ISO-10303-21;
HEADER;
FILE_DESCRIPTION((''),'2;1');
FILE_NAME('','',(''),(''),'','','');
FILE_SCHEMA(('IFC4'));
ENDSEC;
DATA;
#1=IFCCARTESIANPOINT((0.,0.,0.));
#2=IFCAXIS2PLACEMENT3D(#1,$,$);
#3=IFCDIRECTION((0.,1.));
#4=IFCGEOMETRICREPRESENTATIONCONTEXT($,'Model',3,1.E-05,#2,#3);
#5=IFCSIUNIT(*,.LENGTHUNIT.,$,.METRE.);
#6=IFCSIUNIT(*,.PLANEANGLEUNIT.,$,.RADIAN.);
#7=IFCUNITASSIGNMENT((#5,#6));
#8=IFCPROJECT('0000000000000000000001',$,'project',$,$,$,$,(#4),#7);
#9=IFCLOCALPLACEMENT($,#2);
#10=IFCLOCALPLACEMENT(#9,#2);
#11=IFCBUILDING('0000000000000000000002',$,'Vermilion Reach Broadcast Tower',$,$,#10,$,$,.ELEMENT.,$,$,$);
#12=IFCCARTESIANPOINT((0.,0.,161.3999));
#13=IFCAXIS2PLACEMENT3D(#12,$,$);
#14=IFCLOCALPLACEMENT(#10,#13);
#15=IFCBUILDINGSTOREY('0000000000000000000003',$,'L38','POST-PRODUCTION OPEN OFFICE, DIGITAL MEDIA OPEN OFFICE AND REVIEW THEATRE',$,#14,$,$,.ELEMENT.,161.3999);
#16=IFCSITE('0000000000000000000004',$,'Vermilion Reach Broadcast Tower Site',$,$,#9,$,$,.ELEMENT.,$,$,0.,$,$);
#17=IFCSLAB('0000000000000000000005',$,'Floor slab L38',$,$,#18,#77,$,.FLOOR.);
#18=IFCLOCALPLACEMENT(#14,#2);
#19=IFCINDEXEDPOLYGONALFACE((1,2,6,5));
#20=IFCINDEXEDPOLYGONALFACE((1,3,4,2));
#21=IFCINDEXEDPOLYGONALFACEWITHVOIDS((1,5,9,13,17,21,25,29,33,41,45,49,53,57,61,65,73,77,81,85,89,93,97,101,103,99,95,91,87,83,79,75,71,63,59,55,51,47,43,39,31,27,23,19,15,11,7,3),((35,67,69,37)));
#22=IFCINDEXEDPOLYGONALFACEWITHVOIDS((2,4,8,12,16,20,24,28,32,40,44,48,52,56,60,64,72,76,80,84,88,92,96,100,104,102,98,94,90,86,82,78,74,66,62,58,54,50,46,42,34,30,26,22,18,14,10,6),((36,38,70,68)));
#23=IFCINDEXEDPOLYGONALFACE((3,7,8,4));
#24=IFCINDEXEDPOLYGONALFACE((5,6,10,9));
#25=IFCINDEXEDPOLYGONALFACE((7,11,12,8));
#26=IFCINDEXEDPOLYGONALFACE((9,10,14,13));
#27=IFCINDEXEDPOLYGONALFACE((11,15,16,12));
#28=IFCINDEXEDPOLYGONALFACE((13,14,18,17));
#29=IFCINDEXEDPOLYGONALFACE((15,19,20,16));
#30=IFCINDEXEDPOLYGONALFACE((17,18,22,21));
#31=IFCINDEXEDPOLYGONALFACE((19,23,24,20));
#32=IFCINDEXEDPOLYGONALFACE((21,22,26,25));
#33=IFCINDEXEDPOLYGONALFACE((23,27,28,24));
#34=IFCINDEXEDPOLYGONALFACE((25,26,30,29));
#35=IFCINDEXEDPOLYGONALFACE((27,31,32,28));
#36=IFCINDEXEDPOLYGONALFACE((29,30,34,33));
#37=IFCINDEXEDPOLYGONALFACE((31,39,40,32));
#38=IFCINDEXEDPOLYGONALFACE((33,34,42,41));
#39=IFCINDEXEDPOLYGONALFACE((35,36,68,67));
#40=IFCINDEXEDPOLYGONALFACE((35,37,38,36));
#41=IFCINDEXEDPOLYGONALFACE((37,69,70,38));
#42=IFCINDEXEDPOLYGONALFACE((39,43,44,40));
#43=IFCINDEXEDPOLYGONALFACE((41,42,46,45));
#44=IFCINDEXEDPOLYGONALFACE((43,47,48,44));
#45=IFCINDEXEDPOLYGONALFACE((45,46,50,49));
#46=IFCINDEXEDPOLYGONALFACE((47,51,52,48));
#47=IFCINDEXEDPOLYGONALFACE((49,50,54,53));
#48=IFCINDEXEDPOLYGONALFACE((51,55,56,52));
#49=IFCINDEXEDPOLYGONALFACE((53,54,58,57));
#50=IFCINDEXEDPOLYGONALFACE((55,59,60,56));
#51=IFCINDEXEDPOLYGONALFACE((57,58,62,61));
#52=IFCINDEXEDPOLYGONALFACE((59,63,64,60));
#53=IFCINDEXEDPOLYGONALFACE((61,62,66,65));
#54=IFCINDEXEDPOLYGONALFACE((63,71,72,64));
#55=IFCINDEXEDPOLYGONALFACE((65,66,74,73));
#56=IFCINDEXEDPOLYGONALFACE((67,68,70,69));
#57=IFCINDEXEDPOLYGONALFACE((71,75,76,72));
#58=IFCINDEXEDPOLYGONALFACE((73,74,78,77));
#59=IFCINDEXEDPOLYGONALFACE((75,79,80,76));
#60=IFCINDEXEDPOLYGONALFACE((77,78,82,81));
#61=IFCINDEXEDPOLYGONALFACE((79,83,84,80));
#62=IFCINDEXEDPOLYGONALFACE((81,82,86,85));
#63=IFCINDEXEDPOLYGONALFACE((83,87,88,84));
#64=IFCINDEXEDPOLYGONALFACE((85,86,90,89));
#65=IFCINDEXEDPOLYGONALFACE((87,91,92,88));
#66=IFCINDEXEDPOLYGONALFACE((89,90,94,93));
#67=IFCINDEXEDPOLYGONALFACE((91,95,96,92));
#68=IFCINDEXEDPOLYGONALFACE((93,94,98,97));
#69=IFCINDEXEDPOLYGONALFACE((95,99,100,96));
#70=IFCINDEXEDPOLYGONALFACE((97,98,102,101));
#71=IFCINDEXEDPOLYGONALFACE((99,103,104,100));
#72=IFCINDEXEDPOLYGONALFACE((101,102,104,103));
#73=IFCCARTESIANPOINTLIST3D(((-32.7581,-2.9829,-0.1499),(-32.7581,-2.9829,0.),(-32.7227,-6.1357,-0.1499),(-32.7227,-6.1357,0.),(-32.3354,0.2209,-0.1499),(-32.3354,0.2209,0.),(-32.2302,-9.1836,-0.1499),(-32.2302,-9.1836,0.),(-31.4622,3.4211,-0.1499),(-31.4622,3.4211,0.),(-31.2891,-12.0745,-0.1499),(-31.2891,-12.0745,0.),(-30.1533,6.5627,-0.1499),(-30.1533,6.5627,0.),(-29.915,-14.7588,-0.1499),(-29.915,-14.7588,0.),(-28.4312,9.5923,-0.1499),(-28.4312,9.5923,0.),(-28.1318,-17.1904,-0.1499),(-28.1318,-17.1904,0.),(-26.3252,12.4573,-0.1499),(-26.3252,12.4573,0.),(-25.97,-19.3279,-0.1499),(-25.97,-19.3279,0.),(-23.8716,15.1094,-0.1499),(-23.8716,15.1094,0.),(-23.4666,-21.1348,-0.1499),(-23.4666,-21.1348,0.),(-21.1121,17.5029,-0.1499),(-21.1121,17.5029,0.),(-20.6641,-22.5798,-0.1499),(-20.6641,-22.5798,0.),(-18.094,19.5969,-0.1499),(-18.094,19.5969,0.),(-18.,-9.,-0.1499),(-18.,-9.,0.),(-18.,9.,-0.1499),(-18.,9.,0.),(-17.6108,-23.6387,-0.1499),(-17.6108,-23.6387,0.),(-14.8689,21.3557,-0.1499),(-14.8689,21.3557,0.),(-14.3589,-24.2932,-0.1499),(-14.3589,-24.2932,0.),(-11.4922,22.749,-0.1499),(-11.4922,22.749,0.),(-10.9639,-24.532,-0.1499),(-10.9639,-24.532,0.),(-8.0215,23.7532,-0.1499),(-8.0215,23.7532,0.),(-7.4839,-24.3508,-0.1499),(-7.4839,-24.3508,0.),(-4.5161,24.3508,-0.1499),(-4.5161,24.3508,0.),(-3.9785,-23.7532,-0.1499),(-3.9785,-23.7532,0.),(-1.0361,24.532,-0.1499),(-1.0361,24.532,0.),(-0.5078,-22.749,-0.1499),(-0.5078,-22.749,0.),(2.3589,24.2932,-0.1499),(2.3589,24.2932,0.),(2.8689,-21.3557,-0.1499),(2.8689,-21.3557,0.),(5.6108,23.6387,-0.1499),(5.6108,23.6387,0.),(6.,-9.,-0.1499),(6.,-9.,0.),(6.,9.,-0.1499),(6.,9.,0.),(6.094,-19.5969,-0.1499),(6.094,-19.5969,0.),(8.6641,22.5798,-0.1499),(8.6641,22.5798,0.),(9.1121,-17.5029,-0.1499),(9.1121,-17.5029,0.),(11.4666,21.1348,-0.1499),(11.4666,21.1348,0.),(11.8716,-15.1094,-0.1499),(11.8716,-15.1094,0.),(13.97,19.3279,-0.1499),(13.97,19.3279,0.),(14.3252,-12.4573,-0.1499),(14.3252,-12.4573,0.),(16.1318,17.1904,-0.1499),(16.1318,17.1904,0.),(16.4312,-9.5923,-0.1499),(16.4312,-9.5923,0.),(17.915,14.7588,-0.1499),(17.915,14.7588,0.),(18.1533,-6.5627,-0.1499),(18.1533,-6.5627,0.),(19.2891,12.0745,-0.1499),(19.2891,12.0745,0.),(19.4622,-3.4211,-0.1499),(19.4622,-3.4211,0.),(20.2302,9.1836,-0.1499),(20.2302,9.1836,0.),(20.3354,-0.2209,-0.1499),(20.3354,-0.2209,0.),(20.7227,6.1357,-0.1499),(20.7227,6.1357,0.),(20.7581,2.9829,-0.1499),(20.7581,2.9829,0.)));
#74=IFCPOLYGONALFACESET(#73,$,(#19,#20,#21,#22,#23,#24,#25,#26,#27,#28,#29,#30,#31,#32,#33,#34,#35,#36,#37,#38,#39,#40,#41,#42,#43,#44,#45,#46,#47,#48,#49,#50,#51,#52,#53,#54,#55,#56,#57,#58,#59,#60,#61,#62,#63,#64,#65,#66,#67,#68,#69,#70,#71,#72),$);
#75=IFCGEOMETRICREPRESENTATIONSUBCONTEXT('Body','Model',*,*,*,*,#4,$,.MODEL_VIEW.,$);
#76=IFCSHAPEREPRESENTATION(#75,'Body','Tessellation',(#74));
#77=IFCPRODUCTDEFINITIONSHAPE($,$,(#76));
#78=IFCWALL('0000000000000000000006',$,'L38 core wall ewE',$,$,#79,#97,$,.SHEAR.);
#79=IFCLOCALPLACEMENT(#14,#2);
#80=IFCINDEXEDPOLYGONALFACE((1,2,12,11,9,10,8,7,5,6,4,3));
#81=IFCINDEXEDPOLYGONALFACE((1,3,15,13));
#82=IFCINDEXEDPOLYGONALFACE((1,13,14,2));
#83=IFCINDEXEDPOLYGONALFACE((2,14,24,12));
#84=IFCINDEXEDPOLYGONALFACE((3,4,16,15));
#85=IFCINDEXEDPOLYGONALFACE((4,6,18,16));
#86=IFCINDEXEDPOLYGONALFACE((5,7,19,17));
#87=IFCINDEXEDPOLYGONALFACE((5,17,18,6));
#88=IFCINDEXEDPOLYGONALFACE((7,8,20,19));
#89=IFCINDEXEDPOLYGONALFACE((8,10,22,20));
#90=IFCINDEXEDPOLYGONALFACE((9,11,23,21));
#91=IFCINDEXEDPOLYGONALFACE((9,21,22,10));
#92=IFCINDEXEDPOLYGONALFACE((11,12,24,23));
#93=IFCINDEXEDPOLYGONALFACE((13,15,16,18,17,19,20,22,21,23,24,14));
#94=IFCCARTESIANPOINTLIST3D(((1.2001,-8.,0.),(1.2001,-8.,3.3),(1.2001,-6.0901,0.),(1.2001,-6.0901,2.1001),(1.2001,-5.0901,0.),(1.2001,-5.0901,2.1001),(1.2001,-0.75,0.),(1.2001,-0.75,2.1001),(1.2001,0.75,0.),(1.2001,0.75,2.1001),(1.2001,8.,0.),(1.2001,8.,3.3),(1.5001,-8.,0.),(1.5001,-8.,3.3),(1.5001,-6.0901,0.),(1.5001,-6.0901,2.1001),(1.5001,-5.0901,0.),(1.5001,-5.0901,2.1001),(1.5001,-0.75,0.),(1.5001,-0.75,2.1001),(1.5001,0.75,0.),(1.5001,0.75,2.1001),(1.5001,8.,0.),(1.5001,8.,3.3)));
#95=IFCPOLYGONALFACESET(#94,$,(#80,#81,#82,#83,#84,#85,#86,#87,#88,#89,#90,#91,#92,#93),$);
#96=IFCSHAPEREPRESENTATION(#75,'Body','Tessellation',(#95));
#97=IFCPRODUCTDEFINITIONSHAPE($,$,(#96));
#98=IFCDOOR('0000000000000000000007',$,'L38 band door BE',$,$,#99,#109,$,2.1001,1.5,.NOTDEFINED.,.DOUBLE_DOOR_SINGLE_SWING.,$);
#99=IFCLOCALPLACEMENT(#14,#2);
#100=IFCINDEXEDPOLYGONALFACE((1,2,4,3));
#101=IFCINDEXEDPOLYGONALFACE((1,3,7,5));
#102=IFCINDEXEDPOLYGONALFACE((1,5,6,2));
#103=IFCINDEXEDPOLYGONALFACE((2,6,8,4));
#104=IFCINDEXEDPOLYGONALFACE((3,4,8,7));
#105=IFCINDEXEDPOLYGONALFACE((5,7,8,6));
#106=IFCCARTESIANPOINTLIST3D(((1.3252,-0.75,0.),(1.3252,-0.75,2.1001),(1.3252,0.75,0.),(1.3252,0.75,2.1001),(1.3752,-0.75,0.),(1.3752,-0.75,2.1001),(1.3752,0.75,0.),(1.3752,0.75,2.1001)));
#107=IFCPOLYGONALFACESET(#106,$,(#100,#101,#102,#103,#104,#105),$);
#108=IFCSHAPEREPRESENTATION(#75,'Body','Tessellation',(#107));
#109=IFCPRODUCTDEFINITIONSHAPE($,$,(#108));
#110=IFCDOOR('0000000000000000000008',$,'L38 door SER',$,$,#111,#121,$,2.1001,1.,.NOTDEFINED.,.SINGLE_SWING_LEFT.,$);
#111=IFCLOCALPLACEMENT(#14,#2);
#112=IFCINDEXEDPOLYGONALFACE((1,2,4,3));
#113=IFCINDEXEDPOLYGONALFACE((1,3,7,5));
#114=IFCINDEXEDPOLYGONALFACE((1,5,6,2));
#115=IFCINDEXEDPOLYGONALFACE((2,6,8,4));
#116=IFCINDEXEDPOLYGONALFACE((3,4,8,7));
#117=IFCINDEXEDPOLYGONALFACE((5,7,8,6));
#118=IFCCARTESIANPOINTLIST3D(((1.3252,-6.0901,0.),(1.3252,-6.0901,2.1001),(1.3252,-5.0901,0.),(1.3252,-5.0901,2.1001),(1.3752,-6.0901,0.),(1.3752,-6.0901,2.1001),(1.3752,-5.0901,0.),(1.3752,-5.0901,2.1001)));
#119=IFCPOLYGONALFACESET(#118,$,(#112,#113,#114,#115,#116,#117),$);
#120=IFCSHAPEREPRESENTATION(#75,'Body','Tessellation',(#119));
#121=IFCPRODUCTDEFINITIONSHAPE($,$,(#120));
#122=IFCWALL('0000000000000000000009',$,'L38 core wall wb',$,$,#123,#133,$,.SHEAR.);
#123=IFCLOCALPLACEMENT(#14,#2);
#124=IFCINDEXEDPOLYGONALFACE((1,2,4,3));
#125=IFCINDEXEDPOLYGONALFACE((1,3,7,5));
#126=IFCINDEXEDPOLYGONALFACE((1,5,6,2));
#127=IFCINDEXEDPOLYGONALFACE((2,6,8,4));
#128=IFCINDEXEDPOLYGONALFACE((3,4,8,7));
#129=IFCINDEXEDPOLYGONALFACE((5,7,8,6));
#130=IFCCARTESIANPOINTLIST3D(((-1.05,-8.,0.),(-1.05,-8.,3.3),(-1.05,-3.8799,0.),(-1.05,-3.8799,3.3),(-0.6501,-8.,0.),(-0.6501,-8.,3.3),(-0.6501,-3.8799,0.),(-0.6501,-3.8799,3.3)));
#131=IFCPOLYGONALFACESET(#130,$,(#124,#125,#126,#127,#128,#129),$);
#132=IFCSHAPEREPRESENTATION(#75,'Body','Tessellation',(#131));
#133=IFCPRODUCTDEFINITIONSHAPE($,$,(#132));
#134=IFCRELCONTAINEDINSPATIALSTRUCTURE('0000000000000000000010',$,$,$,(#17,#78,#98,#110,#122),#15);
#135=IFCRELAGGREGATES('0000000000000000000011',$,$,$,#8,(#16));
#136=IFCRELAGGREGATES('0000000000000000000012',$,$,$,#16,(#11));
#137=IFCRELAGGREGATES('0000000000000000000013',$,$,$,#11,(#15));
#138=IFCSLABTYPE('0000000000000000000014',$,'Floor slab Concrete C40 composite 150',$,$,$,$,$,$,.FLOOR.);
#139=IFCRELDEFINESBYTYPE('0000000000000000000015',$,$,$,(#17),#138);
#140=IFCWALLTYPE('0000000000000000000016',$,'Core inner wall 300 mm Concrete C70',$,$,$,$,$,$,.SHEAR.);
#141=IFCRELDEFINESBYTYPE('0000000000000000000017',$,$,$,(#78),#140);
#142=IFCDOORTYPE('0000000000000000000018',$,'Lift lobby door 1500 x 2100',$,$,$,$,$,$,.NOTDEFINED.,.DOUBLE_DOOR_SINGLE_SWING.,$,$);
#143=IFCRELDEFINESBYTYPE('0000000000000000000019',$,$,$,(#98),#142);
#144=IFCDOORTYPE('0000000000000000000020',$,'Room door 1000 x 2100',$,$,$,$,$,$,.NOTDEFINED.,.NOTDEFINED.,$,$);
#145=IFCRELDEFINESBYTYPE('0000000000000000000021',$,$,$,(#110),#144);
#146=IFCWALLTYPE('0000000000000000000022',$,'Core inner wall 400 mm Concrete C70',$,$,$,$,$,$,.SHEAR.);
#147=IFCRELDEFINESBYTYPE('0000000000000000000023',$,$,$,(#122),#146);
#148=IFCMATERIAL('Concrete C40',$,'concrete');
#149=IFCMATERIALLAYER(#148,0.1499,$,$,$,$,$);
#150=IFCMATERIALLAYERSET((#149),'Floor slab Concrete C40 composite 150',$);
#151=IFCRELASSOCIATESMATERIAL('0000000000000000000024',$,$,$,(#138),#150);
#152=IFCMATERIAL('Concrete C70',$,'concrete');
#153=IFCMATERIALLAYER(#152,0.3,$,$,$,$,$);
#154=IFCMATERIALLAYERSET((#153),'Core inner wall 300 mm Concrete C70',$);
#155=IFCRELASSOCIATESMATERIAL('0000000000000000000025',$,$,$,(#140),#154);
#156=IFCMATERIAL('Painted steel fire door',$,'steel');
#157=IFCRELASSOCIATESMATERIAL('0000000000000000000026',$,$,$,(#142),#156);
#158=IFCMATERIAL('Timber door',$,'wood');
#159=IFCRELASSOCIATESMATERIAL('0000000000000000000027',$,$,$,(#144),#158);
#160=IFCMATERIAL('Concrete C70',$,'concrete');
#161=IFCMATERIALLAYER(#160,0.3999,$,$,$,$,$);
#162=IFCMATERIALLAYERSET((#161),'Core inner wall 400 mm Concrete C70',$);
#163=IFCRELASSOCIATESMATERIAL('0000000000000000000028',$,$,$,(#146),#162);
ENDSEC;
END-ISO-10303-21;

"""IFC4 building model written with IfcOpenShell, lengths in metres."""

from ifc_helpers import new_model, si_unit, direction, frame, frame_2d, origin, place, context, subcontext, project, spatial, polyline, rectangle, outline, extrude, material, layer, layer_set, type_object, element, fill, save


model = new_model("IFC4")

# Units and contexts
model_context = context("Model", 3, precision=1e-05, world=origin(), true_north=direction((0.0, 1.0)))
body_context = subcontext(model_context, "Body", "Model", "MODEL_VIEW")
ifc_project = project(units=[si_unit("LENGTHUNIT", "METRE"), si_unit("PLANEANGLEUNIT", "RADIAN")], contexts=[model_context])

# Site, building, storey
site_placement = place(None, origin())
site = spatial("IfcSite", under=ifc_project, at=site_placement, Name="Vermilion Reach Broadcast Tower Site", CompositionType="ELEMENT", RefElevation=0.0)
building_placement = place(site_placement, origin())
building = spatial("IfcBuilding", under=site, at=building_placement, Name="Vermilion Reach Broadcast Tower", CompositionType="ELEMENT")
storey_placement = place(building_placement, frame((0.0, 0.0, 161.3999)))
storey = spatial("IfcBuildingStorey", under=building, at=storey_placement, Name="L38", Description="POST-PRODUCTION OPEN OFFICE, DIGITAL MEDIA OPEN OFFICE AND REVIEW THEATRE", CompositionType="ELEMENT", Elevation=161.3999)

# Slab
ifc_material_1 = material(Name="Concrete C40", Category="concrete")
ifc_layer_1 = layer(ifc_material_1, 0.1499)
ifc_layer_set_1 = layer_set([ifc_layer_1], Name="Floor slab Concrete C40 composite 150")
slab_type_1 = type_object("IfcSlabType", Name="Floor slab Concrete C40 composite 150", PredefinedType="FLOOR", material=ifc_layer_set_1)
slab_1_placement = place(storey_placement, frame((0.0, 0.0, -0.1499)))
element("IfcSlab", 1, at=slab_1_placement, inside=storey, type_object=slab_type_1, Name="Floor slab L38", PredefinedType="FLOOR", context=body_context, shape_type="SweptSolid", body=[
    extrude(outline(polyline([(17.915, 14.7588), (16.1318, 17.1904), (13.97, 19.3279), (11.4666, 21.1348), (8.6641, 22.5798), (5.6108, 23.6387), (2.3589, 24.2932), (-1.0361, 24.532), (-4.5161, 24.3508), (-8.0215, 23.7532), (-11.4922, 22.749), (-14.8689, 21.3557), (-18.094, 19.5969), (-21.1121, 17.5029), (-23.8716, 15.1094), (-26.3252, 12.4573), (-28.4312, 9.5923), (-30.1533, 6.5627), (-31.4622, 3.4211), (-32.3354, 0.2209), (-32.7581, -2.9829), (-32.7227, -6.1357), (-32.2302, -9.1836), (-31.2891, -12.0745), (-29.915, -14.7588), (-28.1318, -17.1904), (-25.97, -19.3279), (-23.4666, -21.1348), (-20.6641, -22.5798), (-17.6108, -23.6387), (-14.3589, -24.2932), (-10.9639, -24.532), (-7.4839, -24.3508), (-3.9785, -23.7532), (-0.5078, -22.749), (2.8689, -21.3557), (6.094, -19.5969), (9.1121, -17.5029), (11.8716, -15.1094), (14.3252, -12.4573), (16.4312, -9.5923), (18.1533, -6.5627), (19.4622, -3.4211), (20.3354, -0.2209), (20.7581, 2.9829), (20.7227, 6.1357), (20.2302, 9.1836), (19.2891, 12.0745), (17.915, 14.7588)]), holes=[polyline([(-18.0, -9.0), (6.0, -9.0), (6.0, 9.0), (-18.0, 9.0), (-18.0, -9.0)])]), origin(), (0.0, 0.0, 1.0), 0.1499),
])

# Wall, openings, doors
ifc_material_2 = material(Name="Concrete C70", Category="concrete")
ifc_layer_2 = layer(ifc_material_2, 0.3)
ifc_layer_set_2 = layer_set([ifc_layer_2], Name="Core inner wall 300 mm Concrete C70")
wall_type_1 = type_object("IfcWallType", Name="Core inner wall 300 mm Concrete C70", PredefinedType="SHEAR", material=ifc_layer_set_2)
wall_1_placement = place(storey_placement, frame((1.3501, -8.0, 0.0), z_axis=(0.0, 0.0, 1.0), x_axis=(0.0, 1.0, 0.0)))
wall_1 = element("IfcWall", 2, at=wall_1_placement, inside=storey, type_object=wall_type_1, Name="L38 core wall ewE", PredefinedType="SHEAR", context=body_context, shape_type="SweptSolid", body=[
    extrude(rectangle(XDim=16.0, YDim=0.3, at=frame_2d((8.0, 0.0))), origin(), (0.0, 0.0, 1.0), 3.3),
])
opening_1_placement = place(wall_1_placement, frame((1.9099, 0.0, 0.0)))
opening_1 = element("IfcOpeningElement", 3, at=opening_1_placement, cuts=wall_1, PredefinedType="OPENING", context=body_context, shape_type="SweptSolid", body=[
    extrude(rectangle(XDim=1.0, YDim=2.1001, at=frame_2d((0.5, 1.05))), frame((0.0, 0.1599, 0.0), z_axis=(0.0, -1.0, 0.0), x_axis=(1.0, 0.0, 0.0)), (0.0, 0.0, 1.0), 0.3201),
])
opening_2_placement = place(wall_1_placement, frame((7.25, 0.0, 0.0)))
opening_2 = element("IfcOpeningElement", 4, at=opening_2_placement, cuts=wall_1, PredefinedType="OPENING", context=body_context, shape_type="SweptSolid", body=[
    extrude(rectangle(XDim=1.5, YDim=2.1001, at=frame_2d((0.75, 1.05))), frame((0.0, 0.1599, 0.0), z_axis=(0.0, -1.0, 0.0), x_axis=(1.0, 0.0, 0.0)), (0.0, 0.0, 1.0), 0.3201),
])
ifc_material_3 = material(Name="Painted steel fire door", Category="steel")
door_type_1 = type_object("IfcDoorType", Name="Lift lobby door 1500 x 2100", OperationType="DOUBLE_DOOR_SINGLE_SWING", PredefinedType="NOTDEFINED", material=ifc_material_3)
door_1_placement = place(opening_2_placement, origin())
door_1 = element("IfcDoor", 5, at=door_1_placement, inside=storey, type_object=door_type_1, Name="L38 band door BE", OperationType="DOUBLE_DOOR_SINGLE_SWING", OverallHeight=2.1001, OverallWidth=1.5, PredefinedType="NOTDEFINED", context=body_context, shape_type="SweptSolid", body=[
    extrude(rectangle(XDim=1.5, YDim=2.1001, at=frame_2d((0.75, 1.05))), frame((0.0, 0.0249, 0.0), z_axis=(0.0, -1.0, 0.0), x_axis=(1.0, 0.0, 0.0)), (0.0, 0.0, 1.0), 0.05),
])
fill(opening_2, door_1)
ifc_material_4 = material(Name="Timber door", Category="wood")
door_type_2 = type_object("IfcDoorType", Name="Room door 1000 x 2100", OperationType="NOTDEFINED", PredefinedType="NOTDEFINED", material=ifc_material_4)
door_2_placement = place(opening_1_placement, origin())
door_2 = element("IfcDoor", 6, at=door_2_placement, inside=storey, type_object=door_type_2, Name="L38 door SER", OperationType="SINGLE_SWING_LEFT", OverallHeight=2.1001, OverallWidth=1.0, PredefinedType="NOTDEFINED", context=body_context, shape_type="SweptSolid", body=[
    extrude(rectangle(XDim=1.0, YDim=2.1001, at=frame_2d((0.5, 1.05))), frame((0.0, 0.0249, 0.0), z_axis=(0.0, -1.0, 0.0), x_axis=(1.0, 0.0, 0.0)), (0.0, 0.0, 1.0), 0.05),
])
fill(opening_1, door_2)

# Wall
ifc_material_5 = material(Name="Concrete C70", Category="concrete")
ifc_layer_3 = layer(ifc_material_5, 0.3999)
ifc_layer_set_3 = layer_set([ifc_layer_3], Name="Core inner wall 400 mm Concrete C70")
wall_type_2 = type_object("IfcWallType", Name="Core inner wall 400 mm Concrete C70", PredefinedType="SHEAR", material=ifc_layer_set_3)
wall_2_placement = place(storey_placement, frame((-0.8501, -3.8799, 0.0), z_axis=(0.0, 0.0, 1.0), x_axis=(0.0, -1.0, 0.0)))
element("IfcWall", 7, at=wall_2_placement, inside=storey, type_object=wall_type_2, Name="L38 core wall wb", PredefinedType="SHEAR", context=body_context, shape_type="SweptSolid", body=[
    extrude(rectangle(XDim=4.1201, YDim=0.3999, at=frame_2d((2.0601, 0.0))), origin(), (0.0, 0.0, 1.0), 3.3),
])

save(model, "model.ifc")
